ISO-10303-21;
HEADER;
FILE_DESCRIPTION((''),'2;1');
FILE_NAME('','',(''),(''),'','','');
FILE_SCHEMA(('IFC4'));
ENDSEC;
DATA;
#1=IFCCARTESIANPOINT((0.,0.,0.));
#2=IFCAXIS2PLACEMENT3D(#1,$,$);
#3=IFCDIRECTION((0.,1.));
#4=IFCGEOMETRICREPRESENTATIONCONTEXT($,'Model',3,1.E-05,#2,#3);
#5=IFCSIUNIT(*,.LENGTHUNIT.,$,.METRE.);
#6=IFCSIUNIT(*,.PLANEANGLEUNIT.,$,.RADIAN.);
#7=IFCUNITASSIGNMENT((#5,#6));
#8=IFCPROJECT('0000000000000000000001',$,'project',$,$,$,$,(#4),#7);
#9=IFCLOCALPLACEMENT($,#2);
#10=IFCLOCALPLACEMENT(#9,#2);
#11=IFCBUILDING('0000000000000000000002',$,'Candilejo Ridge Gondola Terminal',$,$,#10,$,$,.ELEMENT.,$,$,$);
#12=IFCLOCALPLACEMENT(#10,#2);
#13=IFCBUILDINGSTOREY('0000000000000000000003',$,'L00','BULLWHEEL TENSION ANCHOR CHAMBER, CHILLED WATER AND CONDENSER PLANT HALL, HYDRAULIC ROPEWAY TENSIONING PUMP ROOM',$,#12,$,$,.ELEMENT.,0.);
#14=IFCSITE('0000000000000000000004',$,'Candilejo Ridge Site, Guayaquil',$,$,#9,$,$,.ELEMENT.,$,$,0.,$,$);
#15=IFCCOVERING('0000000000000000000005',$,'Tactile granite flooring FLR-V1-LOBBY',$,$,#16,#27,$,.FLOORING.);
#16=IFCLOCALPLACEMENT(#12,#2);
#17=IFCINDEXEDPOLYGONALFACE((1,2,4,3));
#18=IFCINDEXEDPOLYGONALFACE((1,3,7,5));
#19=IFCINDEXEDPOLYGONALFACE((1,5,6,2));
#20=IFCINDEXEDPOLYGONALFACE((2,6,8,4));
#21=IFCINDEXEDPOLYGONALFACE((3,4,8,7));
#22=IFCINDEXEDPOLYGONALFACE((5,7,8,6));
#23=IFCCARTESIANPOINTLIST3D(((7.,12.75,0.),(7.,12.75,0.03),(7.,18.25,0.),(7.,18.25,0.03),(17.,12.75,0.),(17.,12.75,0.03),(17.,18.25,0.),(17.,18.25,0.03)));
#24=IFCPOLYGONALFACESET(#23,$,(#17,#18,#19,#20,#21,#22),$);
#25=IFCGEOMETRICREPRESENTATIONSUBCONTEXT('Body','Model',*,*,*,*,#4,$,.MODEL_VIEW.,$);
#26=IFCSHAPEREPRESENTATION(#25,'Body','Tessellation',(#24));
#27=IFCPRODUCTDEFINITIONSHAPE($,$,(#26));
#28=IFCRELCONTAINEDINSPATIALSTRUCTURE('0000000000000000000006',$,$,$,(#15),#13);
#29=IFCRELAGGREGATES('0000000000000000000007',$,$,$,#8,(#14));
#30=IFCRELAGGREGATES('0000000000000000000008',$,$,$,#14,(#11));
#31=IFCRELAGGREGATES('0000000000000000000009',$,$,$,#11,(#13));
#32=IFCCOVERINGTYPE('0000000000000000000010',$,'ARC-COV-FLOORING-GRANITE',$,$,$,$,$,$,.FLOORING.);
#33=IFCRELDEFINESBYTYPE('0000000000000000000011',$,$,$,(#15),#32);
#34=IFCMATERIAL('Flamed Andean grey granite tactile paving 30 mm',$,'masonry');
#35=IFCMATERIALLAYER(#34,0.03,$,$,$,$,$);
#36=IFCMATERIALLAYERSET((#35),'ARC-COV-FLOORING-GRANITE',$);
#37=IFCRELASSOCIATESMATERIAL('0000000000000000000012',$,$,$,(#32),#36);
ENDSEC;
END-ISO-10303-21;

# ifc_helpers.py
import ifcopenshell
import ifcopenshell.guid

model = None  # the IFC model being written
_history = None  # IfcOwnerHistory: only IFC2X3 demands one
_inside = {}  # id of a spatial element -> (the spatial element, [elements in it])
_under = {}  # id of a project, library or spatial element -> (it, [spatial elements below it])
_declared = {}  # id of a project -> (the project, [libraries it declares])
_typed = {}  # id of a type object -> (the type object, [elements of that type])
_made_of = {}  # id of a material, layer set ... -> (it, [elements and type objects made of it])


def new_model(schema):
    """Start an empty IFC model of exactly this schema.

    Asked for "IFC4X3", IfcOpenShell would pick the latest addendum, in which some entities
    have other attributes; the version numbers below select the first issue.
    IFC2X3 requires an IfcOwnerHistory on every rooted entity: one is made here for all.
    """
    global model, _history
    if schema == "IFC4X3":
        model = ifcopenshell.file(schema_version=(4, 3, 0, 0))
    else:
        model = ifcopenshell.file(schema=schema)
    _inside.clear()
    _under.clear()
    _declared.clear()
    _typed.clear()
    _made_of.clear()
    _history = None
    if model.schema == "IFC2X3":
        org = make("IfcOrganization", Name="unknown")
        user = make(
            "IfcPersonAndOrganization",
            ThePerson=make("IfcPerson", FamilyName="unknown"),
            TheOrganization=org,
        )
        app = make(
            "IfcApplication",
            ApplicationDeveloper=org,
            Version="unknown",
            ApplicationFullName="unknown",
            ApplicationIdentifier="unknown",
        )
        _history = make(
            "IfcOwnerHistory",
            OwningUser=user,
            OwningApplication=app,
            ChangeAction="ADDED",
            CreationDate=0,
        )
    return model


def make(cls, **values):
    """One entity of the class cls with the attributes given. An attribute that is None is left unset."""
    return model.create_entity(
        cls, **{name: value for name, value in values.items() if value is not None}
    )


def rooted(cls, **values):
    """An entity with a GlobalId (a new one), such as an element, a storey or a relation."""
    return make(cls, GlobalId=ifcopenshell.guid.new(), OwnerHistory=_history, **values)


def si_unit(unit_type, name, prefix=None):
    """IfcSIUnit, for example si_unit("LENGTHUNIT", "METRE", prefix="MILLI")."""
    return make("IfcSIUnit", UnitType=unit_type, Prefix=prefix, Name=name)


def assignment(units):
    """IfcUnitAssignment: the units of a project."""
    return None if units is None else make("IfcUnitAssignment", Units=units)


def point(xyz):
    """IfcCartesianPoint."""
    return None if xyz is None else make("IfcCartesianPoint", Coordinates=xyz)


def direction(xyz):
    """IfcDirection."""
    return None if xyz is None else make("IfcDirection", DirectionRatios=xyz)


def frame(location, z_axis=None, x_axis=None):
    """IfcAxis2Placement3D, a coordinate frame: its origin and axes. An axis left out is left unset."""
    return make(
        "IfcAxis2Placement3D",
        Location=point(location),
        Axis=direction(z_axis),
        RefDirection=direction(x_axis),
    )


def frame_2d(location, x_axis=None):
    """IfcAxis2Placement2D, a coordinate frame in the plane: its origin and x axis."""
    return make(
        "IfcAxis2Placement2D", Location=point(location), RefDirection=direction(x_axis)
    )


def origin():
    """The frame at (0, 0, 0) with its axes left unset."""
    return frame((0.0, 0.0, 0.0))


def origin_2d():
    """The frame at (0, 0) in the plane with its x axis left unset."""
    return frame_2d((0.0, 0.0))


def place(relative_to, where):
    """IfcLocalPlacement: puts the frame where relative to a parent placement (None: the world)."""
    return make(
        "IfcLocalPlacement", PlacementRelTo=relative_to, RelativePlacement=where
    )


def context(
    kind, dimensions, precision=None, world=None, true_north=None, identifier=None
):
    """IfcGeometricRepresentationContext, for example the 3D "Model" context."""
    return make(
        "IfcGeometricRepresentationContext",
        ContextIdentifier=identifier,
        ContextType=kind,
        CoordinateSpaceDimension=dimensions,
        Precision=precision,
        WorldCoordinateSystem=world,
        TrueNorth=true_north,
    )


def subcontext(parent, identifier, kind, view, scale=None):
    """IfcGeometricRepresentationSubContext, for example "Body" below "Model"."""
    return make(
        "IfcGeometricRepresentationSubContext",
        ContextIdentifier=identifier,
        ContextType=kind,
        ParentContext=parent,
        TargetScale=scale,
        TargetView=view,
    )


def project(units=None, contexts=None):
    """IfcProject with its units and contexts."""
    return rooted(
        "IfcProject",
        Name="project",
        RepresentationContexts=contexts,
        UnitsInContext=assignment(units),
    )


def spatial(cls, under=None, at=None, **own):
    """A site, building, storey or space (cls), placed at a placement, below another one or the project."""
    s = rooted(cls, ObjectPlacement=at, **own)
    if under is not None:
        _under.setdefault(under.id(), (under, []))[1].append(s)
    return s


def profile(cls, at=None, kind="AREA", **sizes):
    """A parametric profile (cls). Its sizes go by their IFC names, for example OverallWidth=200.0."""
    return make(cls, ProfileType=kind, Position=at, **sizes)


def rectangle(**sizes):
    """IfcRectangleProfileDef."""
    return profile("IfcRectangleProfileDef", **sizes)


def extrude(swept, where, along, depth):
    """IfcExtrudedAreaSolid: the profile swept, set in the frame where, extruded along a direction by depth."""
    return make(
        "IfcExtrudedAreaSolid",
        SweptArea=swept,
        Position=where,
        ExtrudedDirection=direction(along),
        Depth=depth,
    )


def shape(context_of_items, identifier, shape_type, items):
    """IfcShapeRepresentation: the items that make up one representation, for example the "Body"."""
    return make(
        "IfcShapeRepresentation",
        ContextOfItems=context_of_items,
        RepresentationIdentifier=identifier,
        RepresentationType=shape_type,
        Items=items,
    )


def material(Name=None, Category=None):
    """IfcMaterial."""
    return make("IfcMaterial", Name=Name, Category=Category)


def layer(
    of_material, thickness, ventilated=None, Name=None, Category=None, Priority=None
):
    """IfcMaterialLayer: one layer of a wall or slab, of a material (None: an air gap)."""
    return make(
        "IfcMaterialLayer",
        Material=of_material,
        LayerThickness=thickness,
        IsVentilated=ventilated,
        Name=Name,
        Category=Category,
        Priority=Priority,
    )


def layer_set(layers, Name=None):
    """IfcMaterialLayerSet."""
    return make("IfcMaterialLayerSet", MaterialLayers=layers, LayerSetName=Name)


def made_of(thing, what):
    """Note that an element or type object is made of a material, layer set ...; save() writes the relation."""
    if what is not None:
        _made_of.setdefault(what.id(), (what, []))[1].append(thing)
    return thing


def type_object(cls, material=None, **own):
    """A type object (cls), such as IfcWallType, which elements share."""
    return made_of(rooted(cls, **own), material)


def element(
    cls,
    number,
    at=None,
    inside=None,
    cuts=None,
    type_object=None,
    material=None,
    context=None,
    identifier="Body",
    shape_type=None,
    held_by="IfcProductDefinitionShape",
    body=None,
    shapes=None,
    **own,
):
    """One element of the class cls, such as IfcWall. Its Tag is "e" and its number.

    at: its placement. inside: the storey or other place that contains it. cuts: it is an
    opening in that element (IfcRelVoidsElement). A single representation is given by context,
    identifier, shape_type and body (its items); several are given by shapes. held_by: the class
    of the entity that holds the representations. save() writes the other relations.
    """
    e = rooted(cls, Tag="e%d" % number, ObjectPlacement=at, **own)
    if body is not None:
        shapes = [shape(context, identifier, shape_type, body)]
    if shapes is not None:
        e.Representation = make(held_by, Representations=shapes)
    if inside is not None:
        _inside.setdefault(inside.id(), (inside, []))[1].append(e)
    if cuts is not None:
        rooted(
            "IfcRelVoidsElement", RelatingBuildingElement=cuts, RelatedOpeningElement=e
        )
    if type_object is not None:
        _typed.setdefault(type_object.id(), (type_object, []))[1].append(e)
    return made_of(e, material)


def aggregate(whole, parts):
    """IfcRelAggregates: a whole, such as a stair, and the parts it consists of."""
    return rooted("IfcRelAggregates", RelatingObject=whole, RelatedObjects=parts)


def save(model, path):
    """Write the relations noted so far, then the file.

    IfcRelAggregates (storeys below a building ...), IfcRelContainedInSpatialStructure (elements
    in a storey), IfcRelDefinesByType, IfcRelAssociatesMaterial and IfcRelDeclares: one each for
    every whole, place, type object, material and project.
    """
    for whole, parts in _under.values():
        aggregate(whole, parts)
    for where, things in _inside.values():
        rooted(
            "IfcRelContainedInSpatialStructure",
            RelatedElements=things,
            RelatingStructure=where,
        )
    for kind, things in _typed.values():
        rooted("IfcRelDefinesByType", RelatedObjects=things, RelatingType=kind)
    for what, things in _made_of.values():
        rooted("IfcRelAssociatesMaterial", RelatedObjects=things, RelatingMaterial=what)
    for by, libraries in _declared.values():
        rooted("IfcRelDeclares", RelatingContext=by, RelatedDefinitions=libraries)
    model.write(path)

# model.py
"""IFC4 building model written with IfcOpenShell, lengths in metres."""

from ifc_helpers import new_model, si_unit, direction, frame, origin, origin_2d, place, context, subcontext, project, spatial, rectangle, extrude, material, layer, layer_set, type_object, element, save


model = new_model("IFC4")

# Units and contexts
model_context = context("Model", 3, precision=1e-05, world=origin(), true_north=direction((0.0, 1.0)))
body_context = subcontext(model_context, "Body", "Model", "MODEL_VIEW")
ifc_project = project(units=[si_unit("LENGTHUNIT", "METRE"), si_unit("PLANEANGLEUNIT", "RADIAN")], contexts=[model_context])

# Site, building, storey
site_placement = place(None, origin())
site = spatial("IfcSite", under=ifc_project, at=site_placement, Name="Candilejo Ridge Site, Guayaquil", CompositionType="ELEMENT", RefElevation=0.0)
building_placement = place(site_placement, origin())
building = spatial("IfcBuilding", under=site, at=building_placement, Name="Candilejo Ridge Gondola Terminal", CompositionType="ELEMENT")
storey_placement = place(building_placement, origin())
storey = spatial("IfcBuildingStorey", under=building, at=storey_placement, Name="L00", Description="BULLWHEEL TENSION ANCHOR CHAMBER, CHILLED WATER AND CONDENSER PLANT HALL, HYDRAULIC ROPEWAY TENSIONING PUMP ROOM", CompositionType="ELEMENT", Elevation=0.0)

# Covering
ifc_material_1 = material(Name="Flamed Andean grey granite tactile paving 30 mm", Category="masonry")
ifc_layer_1 = layer(ifc_material_1, 0.03)
ifc_layer_set_1 = layer_set([ifc_layer_1], Name="ARC-COV-FLOORING-GRANITE")
covering_type_1 = type_object("IfcCoveringType", Name="ARC-COV-FLOORING-GRANITE", PredefinedType="FLOORING", material=ifc_layer_set_1)
covering_1_placement = place(storey_placement, frame((12.0, 15.5, 0.0), z_axis=(0.0, 0.0, 1.0), x_axis=(1.0, 0.0, 0.0)))
element("IfcCovering", 1, at=covering_1_placement, inside=storey, type_object=covering_type_1, Name="Tactile granite flooring FLR-V1-LOBBY", PredefinedType="FLOORING", context=body_context, shape_type="SweptSolid", body=[
    extrude(rectangle(XDim=10.0, YDim=5.5, at=origin_2d()), origin(), (0.0, 0.0, 1.0), 0.03),
])

save(model, "model.ifc")
